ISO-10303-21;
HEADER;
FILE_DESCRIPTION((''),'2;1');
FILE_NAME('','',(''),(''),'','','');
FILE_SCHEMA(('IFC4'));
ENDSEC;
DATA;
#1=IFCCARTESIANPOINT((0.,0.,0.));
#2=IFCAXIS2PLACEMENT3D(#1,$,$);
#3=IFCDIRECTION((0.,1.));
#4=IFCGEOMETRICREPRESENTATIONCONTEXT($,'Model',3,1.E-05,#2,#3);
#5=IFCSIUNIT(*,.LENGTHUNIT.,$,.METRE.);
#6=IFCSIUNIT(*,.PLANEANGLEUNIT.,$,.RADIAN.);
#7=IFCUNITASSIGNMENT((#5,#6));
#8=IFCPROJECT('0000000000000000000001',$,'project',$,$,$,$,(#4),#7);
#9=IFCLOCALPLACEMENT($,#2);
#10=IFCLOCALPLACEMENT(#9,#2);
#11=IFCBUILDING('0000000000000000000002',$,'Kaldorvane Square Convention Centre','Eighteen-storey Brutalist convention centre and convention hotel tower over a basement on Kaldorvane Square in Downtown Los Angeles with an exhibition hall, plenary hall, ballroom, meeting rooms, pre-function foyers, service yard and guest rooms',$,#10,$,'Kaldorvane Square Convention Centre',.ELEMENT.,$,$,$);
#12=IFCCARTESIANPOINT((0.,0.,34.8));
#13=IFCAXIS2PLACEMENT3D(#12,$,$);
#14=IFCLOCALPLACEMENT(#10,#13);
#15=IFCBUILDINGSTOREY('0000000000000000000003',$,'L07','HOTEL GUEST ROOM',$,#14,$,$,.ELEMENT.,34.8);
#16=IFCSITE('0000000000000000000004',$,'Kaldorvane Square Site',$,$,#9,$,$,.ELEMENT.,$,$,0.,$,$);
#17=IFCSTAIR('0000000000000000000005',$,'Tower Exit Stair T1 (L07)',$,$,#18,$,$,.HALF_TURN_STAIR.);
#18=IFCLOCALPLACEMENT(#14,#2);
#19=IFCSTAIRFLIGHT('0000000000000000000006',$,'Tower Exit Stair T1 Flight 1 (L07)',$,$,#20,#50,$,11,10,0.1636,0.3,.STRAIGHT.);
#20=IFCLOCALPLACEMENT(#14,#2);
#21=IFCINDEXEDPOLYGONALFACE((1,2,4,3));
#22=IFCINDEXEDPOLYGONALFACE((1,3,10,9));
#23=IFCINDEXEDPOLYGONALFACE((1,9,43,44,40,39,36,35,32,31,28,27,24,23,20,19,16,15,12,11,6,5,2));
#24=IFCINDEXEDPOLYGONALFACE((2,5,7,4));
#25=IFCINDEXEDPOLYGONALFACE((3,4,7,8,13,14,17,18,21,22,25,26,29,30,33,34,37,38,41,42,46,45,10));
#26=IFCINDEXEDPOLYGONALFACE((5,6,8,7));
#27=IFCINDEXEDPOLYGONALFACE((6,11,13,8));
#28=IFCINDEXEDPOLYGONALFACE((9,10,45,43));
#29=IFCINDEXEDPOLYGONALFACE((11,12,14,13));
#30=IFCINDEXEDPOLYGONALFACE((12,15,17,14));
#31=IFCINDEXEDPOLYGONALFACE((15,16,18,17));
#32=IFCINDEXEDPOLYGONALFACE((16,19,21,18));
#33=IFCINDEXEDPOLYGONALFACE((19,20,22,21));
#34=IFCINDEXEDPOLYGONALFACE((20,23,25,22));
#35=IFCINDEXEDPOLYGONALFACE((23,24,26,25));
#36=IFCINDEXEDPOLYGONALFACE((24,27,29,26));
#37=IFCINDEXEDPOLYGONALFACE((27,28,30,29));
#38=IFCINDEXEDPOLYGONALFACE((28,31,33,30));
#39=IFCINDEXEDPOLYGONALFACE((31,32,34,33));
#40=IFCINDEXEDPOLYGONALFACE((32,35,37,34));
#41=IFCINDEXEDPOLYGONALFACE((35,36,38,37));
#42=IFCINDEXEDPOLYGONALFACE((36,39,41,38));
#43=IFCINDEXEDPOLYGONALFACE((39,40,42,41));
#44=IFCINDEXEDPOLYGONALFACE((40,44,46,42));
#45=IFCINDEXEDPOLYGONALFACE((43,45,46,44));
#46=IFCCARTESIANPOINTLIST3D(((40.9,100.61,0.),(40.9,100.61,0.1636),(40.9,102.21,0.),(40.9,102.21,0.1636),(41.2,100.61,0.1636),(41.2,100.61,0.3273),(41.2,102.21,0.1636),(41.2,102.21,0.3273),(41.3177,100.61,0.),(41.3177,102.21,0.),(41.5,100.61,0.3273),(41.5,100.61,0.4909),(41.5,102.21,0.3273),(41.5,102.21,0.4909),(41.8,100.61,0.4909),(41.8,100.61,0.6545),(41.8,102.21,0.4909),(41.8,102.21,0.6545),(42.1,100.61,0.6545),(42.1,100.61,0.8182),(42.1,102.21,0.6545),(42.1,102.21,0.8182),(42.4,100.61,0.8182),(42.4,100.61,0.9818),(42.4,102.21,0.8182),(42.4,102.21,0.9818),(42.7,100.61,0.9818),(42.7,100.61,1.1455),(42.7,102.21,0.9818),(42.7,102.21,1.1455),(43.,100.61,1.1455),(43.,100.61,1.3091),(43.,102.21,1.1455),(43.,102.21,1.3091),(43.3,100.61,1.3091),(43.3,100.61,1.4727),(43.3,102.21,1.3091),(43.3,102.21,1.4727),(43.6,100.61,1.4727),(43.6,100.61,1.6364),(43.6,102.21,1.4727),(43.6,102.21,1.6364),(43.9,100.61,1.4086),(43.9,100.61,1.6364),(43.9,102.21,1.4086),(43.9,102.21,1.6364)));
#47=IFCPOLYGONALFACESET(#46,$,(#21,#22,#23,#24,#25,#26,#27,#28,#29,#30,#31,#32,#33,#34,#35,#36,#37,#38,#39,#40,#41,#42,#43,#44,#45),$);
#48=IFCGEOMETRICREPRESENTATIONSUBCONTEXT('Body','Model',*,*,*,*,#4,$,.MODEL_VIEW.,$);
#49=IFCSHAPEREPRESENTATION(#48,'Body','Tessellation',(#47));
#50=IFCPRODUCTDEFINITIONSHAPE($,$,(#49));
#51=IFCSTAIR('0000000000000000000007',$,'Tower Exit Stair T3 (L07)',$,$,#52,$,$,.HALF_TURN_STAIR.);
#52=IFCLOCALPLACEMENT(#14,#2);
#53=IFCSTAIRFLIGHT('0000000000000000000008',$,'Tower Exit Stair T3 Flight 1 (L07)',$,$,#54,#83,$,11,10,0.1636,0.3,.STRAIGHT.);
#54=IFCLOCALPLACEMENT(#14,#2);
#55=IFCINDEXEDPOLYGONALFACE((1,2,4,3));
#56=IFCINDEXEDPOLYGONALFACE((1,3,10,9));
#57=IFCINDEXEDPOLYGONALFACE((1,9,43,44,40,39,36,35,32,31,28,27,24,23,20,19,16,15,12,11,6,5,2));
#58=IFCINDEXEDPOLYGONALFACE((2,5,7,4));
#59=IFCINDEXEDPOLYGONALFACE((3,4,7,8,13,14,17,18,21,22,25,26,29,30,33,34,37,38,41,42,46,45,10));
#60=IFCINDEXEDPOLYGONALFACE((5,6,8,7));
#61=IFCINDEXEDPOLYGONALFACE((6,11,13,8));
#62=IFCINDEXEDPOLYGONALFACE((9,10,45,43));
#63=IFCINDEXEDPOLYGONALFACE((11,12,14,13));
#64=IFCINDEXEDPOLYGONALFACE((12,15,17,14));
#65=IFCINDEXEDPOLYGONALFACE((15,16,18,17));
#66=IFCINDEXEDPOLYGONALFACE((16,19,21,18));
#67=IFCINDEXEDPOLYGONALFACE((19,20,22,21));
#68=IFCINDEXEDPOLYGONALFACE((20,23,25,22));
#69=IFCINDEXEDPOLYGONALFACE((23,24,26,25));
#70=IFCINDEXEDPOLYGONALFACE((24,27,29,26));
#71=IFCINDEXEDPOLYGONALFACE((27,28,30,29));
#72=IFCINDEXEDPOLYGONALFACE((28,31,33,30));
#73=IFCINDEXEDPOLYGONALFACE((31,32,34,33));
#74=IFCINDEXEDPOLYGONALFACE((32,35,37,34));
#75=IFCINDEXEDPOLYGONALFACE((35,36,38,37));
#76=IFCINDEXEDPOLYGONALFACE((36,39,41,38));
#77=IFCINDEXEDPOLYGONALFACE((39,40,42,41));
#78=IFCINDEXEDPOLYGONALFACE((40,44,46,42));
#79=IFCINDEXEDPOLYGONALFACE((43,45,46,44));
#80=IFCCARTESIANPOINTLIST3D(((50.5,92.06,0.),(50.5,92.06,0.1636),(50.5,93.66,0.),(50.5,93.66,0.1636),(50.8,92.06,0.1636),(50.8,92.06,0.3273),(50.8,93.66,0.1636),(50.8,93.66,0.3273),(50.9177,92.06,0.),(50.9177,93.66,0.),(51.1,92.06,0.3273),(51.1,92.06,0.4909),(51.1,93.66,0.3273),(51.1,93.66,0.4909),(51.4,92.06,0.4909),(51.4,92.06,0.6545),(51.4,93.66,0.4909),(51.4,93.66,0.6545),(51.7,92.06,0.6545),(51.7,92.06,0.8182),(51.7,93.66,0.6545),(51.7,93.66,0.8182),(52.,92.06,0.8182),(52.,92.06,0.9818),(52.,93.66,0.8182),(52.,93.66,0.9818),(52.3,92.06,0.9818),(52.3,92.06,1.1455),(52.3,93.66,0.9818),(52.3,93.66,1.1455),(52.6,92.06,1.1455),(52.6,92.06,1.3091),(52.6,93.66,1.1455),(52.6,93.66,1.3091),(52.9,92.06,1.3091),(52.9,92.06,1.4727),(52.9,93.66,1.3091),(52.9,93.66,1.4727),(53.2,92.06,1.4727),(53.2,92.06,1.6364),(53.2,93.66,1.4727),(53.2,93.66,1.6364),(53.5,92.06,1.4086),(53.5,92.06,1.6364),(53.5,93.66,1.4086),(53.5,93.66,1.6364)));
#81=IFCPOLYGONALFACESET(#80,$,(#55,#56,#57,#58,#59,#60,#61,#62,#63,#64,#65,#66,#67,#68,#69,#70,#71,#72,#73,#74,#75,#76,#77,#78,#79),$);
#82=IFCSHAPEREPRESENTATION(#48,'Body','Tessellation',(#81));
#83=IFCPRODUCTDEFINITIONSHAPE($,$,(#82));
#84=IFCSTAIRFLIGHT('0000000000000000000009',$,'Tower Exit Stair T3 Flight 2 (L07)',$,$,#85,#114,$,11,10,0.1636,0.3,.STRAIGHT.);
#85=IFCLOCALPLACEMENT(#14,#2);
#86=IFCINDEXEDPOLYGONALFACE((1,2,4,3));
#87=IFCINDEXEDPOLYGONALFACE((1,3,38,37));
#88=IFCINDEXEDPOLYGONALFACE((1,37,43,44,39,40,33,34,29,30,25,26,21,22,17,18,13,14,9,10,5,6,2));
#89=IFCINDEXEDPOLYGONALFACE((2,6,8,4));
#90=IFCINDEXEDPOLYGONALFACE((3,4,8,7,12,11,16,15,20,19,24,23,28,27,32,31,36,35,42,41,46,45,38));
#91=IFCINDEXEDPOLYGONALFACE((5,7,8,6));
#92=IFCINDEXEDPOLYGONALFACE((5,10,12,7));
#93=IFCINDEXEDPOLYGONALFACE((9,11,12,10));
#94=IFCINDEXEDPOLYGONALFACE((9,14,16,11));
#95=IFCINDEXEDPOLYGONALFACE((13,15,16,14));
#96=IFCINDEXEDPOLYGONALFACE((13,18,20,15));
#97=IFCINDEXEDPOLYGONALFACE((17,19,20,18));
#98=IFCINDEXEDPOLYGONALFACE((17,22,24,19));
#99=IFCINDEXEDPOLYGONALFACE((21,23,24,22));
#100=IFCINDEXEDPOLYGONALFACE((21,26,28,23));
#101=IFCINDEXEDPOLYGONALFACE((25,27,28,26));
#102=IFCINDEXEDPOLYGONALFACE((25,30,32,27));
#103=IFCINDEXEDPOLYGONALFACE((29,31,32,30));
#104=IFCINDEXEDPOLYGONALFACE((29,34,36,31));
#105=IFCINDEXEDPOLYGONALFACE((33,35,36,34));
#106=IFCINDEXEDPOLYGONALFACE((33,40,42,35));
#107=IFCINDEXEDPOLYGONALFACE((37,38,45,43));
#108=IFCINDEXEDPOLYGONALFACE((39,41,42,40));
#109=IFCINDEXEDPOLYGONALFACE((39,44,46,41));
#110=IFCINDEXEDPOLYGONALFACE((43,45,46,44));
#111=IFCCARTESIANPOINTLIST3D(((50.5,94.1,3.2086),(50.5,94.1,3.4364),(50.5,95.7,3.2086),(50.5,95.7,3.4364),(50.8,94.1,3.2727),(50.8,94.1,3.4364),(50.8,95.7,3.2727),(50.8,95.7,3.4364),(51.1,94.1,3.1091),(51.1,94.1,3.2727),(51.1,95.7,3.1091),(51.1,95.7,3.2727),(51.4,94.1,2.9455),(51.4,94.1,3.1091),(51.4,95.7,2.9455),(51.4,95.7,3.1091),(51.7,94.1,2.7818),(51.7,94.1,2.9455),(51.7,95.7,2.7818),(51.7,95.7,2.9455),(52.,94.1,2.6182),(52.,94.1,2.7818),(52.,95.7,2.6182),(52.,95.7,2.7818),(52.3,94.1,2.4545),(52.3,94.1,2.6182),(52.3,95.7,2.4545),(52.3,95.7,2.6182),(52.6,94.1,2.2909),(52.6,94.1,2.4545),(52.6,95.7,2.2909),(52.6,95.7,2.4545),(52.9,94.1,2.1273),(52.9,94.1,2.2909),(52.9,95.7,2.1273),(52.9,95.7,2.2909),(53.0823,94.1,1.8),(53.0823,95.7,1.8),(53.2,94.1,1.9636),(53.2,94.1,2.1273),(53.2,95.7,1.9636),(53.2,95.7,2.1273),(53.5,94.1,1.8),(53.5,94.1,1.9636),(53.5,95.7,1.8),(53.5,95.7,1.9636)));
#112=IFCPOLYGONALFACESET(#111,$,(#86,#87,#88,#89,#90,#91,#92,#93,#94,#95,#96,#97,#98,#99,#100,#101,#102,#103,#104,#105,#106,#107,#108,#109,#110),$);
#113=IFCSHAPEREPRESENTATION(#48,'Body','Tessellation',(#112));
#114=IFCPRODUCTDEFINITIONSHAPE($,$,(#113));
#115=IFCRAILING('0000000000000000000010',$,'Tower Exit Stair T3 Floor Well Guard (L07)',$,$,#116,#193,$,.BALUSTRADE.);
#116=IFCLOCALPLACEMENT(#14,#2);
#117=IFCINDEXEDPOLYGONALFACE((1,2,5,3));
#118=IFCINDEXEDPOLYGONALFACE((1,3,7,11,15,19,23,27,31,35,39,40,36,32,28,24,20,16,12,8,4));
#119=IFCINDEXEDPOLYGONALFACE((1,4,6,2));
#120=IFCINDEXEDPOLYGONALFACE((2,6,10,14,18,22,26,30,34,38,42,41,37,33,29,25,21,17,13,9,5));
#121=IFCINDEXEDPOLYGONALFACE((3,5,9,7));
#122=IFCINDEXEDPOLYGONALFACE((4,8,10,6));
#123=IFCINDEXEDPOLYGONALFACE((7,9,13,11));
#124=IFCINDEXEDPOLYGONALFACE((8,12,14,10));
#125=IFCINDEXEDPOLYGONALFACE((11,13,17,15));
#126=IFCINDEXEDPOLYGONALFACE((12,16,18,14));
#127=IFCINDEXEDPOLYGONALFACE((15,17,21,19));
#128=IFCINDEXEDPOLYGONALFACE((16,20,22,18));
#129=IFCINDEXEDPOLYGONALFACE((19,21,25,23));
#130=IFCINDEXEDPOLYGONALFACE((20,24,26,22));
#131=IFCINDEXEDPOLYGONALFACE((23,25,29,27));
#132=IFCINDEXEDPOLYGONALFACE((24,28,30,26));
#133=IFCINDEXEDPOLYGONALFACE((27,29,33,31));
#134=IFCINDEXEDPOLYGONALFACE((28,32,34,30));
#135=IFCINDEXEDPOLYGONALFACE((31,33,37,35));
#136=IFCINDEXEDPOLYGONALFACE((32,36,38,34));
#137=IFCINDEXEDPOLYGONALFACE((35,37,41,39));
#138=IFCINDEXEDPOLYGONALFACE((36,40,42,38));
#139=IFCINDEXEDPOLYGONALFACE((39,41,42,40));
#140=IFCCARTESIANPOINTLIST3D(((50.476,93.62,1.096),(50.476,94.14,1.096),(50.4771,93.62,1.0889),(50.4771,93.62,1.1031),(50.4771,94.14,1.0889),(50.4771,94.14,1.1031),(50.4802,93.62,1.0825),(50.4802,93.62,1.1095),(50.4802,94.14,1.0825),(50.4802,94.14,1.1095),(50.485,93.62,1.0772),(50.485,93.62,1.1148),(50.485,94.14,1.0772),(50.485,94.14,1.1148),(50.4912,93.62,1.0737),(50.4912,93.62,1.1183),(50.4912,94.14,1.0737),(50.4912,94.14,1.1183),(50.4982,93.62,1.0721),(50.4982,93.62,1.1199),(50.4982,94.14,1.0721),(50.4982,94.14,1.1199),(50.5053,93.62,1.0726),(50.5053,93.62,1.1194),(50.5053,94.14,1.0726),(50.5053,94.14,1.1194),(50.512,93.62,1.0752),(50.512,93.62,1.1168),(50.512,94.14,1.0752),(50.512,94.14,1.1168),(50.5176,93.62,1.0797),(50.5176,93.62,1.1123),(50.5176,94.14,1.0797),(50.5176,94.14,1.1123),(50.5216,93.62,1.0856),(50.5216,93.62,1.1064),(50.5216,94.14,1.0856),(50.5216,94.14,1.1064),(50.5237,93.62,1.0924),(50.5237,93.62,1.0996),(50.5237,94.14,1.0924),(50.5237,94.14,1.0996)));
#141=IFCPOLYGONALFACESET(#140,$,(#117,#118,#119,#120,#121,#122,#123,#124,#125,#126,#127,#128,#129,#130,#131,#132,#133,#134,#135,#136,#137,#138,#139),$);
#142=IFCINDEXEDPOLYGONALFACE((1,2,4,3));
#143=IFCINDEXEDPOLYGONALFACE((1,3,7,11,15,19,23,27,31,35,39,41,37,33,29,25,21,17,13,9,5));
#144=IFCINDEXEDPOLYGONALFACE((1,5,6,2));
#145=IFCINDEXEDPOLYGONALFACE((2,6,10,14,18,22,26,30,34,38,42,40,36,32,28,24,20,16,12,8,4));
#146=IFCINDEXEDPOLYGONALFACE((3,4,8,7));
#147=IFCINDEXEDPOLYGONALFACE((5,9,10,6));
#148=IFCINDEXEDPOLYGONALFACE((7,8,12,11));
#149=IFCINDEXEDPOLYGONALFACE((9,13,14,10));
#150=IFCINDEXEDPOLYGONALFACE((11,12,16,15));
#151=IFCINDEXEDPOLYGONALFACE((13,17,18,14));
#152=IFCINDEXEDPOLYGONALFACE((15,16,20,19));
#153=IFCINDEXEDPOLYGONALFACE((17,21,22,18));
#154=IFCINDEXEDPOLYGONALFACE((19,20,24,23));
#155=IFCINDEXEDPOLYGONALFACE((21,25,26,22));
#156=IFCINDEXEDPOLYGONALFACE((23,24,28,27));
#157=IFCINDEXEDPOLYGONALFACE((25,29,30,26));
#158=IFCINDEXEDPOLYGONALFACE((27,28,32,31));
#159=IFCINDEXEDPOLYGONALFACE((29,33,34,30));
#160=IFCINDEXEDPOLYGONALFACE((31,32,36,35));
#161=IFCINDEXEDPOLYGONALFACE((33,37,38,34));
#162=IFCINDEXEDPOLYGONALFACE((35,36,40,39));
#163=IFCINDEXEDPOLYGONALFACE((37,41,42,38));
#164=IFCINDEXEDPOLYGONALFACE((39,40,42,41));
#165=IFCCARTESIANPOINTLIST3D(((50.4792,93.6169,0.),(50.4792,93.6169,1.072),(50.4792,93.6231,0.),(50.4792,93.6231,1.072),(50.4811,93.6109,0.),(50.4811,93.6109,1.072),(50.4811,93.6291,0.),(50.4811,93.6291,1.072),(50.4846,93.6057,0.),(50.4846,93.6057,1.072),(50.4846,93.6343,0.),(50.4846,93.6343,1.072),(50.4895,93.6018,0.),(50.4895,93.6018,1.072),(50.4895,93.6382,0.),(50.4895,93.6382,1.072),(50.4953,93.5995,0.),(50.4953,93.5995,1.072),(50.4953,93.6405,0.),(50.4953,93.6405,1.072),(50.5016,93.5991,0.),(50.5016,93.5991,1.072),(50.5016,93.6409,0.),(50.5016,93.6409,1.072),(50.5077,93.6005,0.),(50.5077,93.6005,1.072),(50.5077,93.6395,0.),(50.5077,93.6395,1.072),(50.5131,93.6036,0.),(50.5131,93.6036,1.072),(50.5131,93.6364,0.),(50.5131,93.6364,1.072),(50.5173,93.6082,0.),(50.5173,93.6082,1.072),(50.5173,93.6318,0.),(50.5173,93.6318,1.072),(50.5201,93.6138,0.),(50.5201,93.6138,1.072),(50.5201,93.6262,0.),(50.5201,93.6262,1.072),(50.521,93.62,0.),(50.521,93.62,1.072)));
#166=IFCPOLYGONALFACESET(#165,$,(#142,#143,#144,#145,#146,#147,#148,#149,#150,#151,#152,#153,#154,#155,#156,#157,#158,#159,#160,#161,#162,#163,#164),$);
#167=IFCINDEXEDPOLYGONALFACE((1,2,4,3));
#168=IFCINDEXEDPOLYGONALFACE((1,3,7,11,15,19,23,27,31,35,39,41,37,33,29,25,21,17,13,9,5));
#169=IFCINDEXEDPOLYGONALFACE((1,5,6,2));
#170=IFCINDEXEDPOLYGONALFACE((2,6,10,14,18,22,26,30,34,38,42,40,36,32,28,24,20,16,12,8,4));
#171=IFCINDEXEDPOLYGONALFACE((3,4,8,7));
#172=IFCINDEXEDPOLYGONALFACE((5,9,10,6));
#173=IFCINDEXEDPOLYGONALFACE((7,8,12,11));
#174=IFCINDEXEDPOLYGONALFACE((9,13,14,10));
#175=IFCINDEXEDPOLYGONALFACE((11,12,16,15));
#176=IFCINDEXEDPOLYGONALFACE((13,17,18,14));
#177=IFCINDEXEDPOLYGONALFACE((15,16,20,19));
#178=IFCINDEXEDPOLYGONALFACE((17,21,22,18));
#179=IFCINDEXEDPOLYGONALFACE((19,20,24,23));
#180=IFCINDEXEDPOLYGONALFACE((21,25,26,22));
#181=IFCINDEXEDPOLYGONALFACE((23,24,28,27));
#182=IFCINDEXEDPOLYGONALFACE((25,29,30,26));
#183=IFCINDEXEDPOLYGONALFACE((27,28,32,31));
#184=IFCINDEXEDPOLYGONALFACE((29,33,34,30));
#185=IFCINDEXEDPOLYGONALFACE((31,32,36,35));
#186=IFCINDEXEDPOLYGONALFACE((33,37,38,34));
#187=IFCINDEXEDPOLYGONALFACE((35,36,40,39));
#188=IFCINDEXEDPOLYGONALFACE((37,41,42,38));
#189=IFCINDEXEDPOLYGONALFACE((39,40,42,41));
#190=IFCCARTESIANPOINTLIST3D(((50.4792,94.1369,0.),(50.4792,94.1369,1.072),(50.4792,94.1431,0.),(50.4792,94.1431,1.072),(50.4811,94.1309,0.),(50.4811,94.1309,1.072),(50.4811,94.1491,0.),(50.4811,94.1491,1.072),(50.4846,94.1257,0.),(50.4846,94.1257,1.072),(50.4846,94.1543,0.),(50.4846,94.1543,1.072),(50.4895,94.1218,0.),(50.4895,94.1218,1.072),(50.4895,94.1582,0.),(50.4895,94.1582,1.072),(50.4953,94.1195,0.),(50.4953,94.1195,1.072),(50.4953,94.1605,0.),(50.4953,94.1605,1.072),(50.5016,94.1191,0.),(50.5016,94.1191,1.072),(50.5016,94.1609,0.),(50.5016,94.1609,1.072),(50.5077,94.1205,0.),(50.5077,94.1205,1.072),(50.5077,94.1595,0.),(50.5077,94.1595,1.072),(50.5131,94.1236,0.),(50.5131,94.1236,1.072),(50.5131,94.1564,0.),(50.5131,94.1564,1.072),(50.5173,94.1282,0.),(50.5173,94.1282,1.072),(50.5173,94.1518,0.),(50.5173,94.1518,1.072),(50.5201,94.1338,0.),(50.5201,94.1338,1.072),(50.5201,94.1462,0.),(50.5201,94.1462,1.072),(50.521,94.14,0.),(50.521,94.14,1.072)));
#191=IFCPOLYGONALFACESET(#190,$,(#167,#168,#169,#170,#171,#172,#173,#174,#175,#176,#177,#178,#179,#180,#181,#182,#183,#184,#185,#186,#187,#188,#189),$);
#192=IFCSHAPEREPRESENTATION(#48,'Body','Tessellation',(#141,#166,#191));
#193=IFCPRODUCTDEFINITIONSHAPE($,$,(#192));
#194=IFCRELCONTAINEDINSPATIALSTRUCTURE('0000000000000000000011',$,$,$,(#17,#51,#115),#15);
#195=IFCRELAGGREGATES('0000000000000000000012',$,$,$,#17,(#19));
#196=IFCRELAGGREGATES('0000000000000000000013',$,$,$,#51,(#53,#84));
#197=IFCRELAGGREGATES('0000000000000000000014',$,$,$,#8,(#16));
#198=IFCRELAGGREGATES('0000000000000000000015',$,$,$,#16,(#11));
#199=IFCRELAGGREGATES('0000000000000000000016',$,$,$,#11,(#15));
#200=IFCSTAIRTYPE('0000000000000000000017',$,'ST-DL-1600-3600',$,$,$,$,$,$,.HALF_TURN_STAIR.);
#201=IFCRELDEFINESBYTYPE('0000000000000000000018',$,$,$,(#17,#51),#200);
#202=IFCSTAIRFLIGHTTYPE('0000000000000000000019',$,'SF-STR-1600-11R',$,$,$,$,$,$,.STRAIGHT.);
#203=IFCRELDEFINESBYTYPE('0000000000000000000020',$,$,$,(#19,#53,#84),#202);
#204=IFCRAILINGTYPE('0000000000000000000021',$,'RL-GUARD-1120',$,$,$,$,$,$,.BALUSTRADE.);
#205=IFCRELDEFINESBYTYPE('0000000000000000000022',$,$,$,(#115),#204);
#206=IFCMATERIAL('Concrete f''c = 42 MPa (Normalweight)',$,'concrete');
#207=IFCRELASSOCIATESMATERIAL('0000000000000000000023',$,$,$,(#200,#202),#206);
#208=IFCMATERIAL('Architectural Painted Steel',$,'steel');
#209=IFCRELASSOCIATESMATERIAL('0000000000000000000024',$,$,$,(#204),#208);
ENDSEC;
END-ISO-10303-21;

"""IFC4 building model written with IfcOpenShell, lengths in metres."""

from ifc_helpers import new_model, si_unit, direction, frame, origin, origin_2d, place, context, subcontext, project, spatial, polyline, circle, outline, extrude, material, type_object, element, aggregate, save


model = new_model("IFC4")

# Units and contexts
model_context = context("Model", 3, precision=1e-05, world=origin(), true_north=direction((0.0, 1.0)))
body_context = subcontext(model_context, "Body", "Model", "MODEL_VIEW")
ifc_project = project(units=[si_unit("LENGTHUNIT", "METRE"), si_unit("PLANEANGLEUNIT", "RADIAN")], contexts=[model_context])

# Site, building, storey
site_placement = place(None, origin())
site = spatial("IfcSite", under=ifc_project, at=site_placement, Name="Kaldorvane Square Site", CompositionType="ELEMENT", RefElevation=0.0)
building_placement = place(site_placement, origin())
building = spatial("IfcBuilding", under=site, at=building_placement, Name="Kaldorvane Square Convention Centre", Description="Eighteen-storey Brutalist convention centre and convention hotel tower over a basement on Kaldorvane Square in Downtown Los Angeles with an exhibition hall, plenary hall, ballroom, meeting rooms, pre-function foyers, service yard and guest rooms", LongName="Kaldorvane Square Convention Centre", CompositionType="ELEMENT")
storey_placement = place(building_placement, frame((0.0, 0.0, 34.8)))
storey = spatial("IfcBuildingStorey", under=building, at=storey_placement, Name="L07", Description="HOTEL GUEST ROOM", CompositionType="ELEMENT", Elevation=34.8)

# Stair, stair flight
ifc_material_1 = material(Name="Concrete f'c = 42 MPa (Normalweight)", Category="concrete")
stair_type = type_object("IfcStairType", Name="ST-DL-1600-3600", PredefinedType="HALF_TURN_STAIR", material=ifc_material_1)
stair_1_placement = place(storey_placement, origin())
stair_1 = element("IfcStair", 1, at=stair_1_placement, inside=storey, type_object=stair_type, Name="Tower Exit Stair T1 (L07)", PredefinedType="HALF_TURN_STAIR")
stair_flight_type = type_object("IfcStairFlightType", Name="SF-STR-1600-11R", PredefinedType="STRAIGHT", material=ifc_material_1)
stair_flight_1_placement = place(storey_placement, frame((40.9, 101.41, 0.0), z_axis=(0.0, 0.0, 1.0), x_axis=(1.0, 0.0, 0.0)))
stair_flight_1 = element("IfcStairFlight", 2, at=stair_flight_1_placement, type_object=stair_flight_type, Name="Tower Exit Stair T1 Flight 1 (L07)", NumberOfRisers=11, NumberOfTreads=10, PredefinedType="STRAIGHT", RiserHeight=0.1636, TreadLength=0.3, context=body_context, shape_type="SweptSolid", body=[
    extrude(outline(polyline([(0.0, 0.0), (0.0, 0.1636), (0.3, 0.1636), (0.3, 0.3273), (0.6, 0.3273), (0.6, 0.4909), (0.9, 0.4909), (0.9, 0.6545), (1.2, 0.6545), (1.2, 0.8182), (1.5, 0.8182), (1.5, 0.9818), (1.8, 0.9818), (1.8, 1.1455), (2.1, 1.1455), (2.1, 1.3091), (2.4, 1.3091), (2.4, 1.4727), (2.7, 1.4727), (2.7, 1.6364), (3.0, 1.6364), (3.0, 1.8), (3.0, 1.4086), (0.4177, 0.0), (0.0, 0.0)])), frame((0.0, 0.8, 0.0), z_axis=(0.0, -1.0, 0.0), x_axis=(1.0, 0.0, 0.0)), (0.0, 0.0, 1.0), 1.6),
])
aggregate(stair_1, [stair_flight_1])

# Stair, stair flights
stair_2_placement = place(storey_placement, origin())
stair_2 = element("IfcStair", 3, at=stair_2_placement, inside=storey, type_object=stair_type, Name="Tower Exit Stair T3 (L07)", PredefinedType="HALF_TURN_STAIR")
stair_flight_2_placement = place(storey_placement, frame((50.5, 92.86, 0.0), z_axis=(0.0, 0.0, 1.0), x_axis=(1.0, 0.0, 0.0)))
stair_flight_2 = element("IfcStairFlight", 4, at=stair_flight_2_placement, type_object=stair_flight_type, Name="Tower Exit Stair T3 Flight 1 (L07)", NumberOfRisers=11, NumberOfTreads=10, PredefinedType="STRAIGHT", RiserHeight=0.1636, TreadLength=0.3, context=body_context, shape_type="SweptSolid", body=[
    extrude(outline(polyline([(0.0, 0.0), (0.0, 0.1636), (0.3, 0.1636), (0.3, 0.3273), (0.6, 0.3273), (0.6, 0.4909), (0.9, 0.4909), (0.9, 0.6545), (1.2, 0.6545), (1.2, 0.8182), (1.5, 0.8182), (1.5, 0.9818), (1.8, 0.9818), (1.8, 1.1455), (2.1, 1.1455), (2.1, 1.3091), (2.4, 1.3091), (2.4, 1.4727), (2.7, 1.4727), (2.7, 1.6364), (3.0, 1.6364), (3.0, 1.8), (3.0, 1.4086), (0.4177, 0.0), (0.0, 0.0)])), frame((0.0, 0.8, 0.0), z_axis=(0.0, -1.0, 0.0), x_axis=(1.0, 0.0, 0.0)), (0.0, 0.0, 1.0), 1.6),
])
stair_flight_3_placement = place(storey_placement, frame((53.5, 94.9, 1.8), z_axis=(0.0, 0.0, 1.0), x_axis=(-1.0, 0.0, 0.0)))
stair_flight_3 = element("IfcStairFlight", 5, at=stair_flight_3_placement, type_object=stair_flight_type, Name="Tower Exit Stair T3 Flight 2 (L07)", NumberOfRisers=11, NumberOfTreads=10, PredefinedType="STRAIGHT", RiserHeight=0.1636, TreadLength=0.3, context=body_context, shape_type="SweptSolid", body=[
    extrude(outline(polyline([(0.0, 0.0), (0.0, 0.1636), (0.3, 0.1636), (0.3, 0.3273), (0.6, 0.3273), (0.6, 0.4909), (0.9, 0.4909), (0.9, 0.6545), (1.2, 0.6545), (1.2, 0.8182), (1.5, 0.8182), (1.5, 0.9818), (1.8, 0.9818), (1.8, 1.1455), (2.1, 1.1455), (2.1, 1.3091), (2.4, 1.3091), (2.4, 1.4727), (2.7, 1.4727), (2.7, 1.6364), (3.0, 1.6364), (3.0, 1.8), (3.0, 1.4086), (0.4177, 0.0), (0.0, 0.0)])), frame((0.0, 0.8, 0.0), z_axis=(0.0, -1.0, 0.0), x_axis=(1.0, 0.0, 0.0)), (0.0, 0.0, 1.0), 1.6),
])
aggregate(stair_2, [stair_flight_2, stair_flight_3])

# Railing
ifc_material_2 = material(Name="Architectural Painted Steel", Category="steel")
railing_type_1 = type_object("IfcRailingType", Name="RL-GUARD-1120", PredefinedType="BALUSTRADE", material=ifc_material_2)
for number, where, name in (
    (6, (50.5, 93.62, 0.0), "Tower Exit Stair T3 Floor Well Guard (L07)"),
):
    element("IfcRailing", number, at=place(storey_placement, frame(where)), inside=storey, type_object=railing_type_1, Name=name, PredefinedType="BALUSTRADE", context=body_context, shape_type="SweptSolid", body=[
        extrude(circle(Radius=0.024, at=origin_2d()), frame((0.0, 0.0, 1.096), z_axis=(0.0, 1.0, 0.0), x_axis=(-1.0, 0.0, 0.0)), (0.0, 0.0, 1.0), 0.52),
        extrude(circle(Radius=0.021, at=origin_2d()), origin(), (0.0, 0.0, 1.0), 1.072),
        extrude(circle(Radius=0.021, at=origin_2d()), frame((0.0, 0.52, 0.0)), (0.0, 0.0, 1.0), 1.072),
    ])

save(model, "model.ifc")
